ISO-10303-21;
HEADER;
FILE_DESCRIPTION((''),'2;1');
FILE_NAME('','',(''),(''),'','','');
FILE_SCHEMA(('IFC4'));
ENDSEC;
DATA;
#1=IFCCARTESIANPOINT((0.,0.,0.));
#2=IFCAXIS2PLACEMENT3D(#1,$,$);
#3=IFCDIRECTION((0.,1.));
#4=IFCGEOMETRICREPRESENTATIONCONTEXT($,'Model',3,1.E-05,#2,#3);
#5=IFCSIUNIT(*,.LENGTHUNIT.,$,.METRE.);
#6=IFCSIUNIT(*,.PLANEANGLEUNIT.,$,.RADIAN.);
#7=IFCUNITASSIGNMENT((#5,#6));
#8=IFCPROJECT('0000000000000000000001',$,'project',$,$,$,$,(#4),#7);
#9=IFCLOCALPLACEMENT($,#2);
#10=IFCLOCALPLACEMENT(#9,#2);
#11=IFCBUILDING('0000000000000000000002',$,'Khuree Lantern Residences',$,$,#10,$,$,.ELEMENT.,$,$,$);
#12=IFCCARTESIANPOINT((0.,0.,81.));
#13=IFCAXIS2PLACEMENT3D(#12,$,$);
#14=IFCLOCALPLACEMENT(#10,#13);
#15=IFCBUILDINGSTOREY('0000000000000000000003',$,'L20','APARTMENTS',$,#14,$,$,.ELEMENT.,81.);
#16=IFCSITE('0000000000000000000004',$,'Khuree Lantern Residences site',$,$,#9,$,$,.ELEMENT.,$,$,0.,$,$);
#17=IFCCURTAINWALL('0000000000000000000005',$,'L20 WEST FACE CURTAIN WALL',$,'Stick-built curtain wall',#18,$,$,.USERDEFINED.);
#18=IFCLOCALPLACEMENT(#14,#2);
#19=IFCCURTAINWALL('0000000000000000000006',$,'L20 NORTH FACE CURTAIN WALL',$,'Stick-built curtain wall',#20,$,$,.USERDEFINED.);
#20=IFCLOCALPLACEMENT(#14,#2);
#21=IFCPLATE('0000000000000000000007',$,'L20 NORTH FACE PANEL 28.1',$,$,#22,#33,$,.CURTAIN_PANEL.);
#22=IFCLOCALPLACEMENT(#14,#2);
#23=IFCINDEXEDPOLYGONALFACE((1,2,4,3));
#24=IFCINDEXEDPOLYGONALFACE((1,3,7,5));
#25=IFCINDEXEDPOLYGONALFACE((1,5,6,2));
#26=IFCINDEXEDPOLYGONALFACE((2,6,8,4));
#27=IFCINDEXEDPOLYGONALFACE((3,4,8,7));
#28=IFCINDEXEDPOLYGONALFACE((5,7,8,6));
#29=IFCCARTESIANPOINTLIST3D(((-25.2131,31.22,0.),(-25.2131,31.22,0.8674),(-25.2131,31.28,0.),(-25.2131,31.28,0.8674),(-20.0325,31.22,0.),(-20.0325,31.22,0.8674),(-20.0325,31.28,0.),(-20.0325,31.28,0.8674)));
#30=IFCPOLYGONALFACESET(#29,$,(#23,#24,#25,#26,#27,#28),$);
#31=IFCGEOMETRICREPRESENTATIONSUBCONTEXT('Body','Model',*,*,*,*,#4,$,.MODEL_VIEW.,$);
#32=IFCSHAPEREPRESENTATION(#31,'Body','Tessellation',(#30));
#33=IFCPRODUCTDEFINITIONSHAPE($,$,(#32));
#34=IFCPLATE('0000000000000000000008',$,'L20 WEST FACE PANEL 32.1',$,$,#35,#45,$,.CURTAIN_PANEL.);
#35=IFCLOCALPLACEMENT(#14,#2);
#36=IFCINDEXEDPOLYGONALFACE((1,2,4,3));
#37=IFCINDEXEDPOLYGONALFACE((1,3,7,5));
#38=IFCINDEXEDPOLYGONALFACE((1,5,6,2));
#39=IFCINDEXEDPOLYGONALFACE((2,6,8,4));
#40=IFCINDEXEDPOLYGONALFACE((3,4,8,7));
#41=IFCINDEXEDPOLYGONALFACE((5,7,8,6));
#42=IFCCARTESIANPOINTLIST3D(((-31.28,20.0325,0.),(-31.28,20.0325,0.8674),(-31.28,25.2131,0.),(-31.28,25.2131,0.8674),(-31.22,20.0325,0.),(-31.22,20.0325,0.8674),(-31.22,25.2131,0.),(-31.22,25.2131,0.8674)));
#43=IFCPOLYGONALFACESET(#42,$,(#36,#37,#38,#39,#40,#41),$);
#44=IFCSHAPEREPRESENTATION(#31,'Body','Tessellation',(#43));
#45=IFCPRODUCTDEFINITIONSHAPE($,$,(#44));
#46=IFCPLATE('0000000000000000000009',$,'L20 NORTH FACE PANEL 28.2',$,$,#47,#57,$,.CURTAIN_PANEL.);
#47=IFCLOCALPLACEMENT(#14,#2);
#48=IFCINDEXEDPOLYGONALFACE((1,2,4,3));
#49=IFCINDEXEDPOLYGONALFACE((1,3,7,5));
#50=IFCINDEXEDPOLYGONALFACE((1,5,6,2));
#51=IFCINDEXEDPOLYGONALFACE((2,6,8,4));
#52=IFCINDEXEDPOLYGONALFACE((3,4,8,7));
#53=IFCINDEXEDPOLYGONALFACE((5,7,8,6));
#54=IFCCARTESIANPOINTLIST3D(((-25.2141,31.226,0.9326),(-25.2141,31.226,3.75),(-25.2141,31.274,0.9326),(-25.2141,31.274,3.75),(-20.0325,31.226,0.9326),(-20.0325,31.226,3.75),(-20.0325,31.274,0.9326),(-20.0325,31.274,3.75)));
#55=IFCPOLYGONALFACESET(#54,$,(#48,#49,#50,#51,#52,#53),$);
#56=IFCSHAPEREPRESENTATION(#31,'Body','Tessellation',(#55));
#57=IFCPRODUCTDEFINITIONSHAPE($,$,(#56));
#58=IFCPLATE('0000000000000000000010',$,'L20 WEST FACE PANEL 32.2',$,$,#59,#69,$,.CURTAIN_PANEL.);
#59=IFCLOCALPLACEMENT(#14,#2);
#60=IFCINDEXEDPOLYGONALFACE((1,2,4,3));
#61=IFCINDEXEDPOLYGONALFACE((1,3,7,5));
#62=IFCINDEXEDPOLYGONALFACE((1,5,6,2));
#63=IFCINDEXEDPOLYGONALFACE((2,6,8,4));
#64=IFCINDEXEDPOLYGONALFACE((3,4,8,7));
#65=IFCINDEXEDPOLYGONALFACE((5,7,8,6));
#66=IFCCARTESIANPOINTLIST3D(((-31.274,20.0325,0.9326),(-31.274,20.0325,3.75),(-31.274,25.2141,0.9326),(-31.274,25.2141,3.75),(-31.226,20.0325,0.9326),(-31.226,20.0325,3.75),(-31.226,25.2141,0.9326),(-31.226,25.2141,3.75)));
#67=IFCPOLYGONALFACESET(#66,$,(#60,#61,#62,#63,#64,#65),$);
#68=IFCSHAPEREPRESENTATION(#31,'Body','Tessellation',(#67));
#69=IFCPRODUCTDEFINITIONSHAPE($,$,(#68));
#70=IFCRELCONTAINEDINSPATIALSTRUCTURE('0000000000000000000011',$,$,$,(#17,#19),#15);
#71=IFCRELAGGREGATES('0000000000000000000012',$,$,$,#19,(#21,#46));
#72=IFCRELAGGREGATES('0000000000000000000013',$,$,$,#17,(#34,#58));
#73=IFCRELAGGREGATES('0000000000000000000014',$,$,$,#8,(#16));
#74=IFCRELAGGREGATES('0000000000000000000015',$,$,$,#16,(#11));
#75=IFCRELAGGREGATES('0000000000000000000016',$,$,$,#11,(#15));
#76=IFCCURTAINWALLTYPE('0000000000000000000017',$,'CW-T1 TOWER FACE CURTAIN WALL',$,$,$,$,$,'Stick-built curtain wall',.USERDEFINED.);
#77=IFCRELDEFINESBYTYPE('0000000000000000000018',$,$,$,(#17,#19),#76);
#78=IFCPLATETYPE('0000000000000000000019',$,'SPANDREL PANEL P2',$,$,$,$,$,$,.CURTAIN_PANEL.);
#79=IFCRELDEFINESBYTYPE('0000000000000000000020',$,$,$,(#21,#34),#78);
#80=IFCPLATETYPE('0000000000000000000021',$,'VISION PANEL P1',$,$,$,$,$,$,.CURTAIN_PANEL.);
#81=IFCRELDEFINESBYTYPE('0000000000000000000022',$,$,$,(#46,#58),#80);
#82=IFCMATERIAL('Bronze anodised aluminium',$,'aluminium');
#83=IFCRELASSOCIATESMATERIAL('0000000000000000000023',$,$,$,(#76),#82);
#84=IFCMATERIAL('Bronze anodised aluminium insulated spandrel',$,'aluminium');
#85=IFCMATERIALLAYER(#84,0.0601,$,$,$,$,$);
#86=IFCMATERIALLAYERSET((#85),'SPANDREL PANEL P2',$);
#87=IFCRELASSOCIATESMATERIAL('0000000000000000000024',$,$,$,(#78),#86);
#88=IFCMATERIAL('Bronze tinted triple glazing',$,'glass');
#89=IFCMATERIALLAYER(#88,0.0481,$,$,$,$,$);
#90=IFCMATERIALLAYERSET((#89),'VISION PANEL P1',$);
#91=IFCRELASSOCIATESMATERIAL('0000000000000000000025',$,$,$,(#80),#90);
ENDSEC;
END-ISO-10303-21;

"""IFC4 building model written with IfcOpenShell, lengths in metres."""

from ifc_helpers import new_model, si_unit, direction, frame, origin, origin_2d, place, context, subcontext, project, spatial, rectangle, extrude, material, layer, layer_set, type_object, element, aggregate, save


model = new_model("IFC4")

# Units and contexts
model_context = context("Model", 3, precision=1e-05, world=origin(), true_north=direction((0.0, 1.0)))
body_context = subcontext(model_context, "Body", "Model", "MODEL_VIEW")
ifc_project = project(units=[si_unit("LENGTHUNIT", "METRE"), si_unit("PLANEANGLEUNIT", "RADIAN")], contexts=[model_context])

# Site, building, storey
site_placement = place(None, origin())
site = spatial("IfcSite", under=ifc_project, at=site_placement, Name="Khuree Lantern Residences site", CompositionType="ELEMENT", RefElevation=0.0)
building_placement = place(site_placement, origin())
building = spatial("IfcBuilding", under=site, at=building_placement, Name="Khuree Lantern Residences", CompositionType="ELEMENT")
storey_placement = place(building_placement, frame((0.0, 0.0, 81.0)))
storey = spatial("IfcBuildingStorey", under=building, at=storey_placement, Name="L20", Description="APARTMENTS", CompositionType="ELEMENT", Elevation=81.0)

# Curtain wall
ifc_material_1 = material(Name="Bronze anodised aluminium", Category="aluminium")
curtain_wall_type_1 = type_object("IfcCurtainWallType", Name="CW-T1 TOWER FACE CURTAIN WALL", ElementType="Stick-built curtain wall", PredefinedType="USERDEFINED", material=ifc_material_1)
curtain_wall_1_placement = place(storey_placement, origin())
curtain_wall_1 = element("IfcCurtainWall", 1, at=curtain_wall_1_placement, inside=storey, type_object=curtain_wall_type_1, Name="L20 WEST FACE CURTAIN WALL", ObjectType="Stick-built curtain wall", PredefinedType="USERDEFINED")

# Curtain wall
curtain_wall_2_placement = place(storey_placement, origin())
curtain_wall_2 = element("IfcCurtainWall", 2, at=curtain_wall_2_placement, inside=storey, type_object=curtain_wall_type_1, Name="L20 NORTH FACE CURTAIN WALL", ObjectType="Stick-built curtain wall", PredefinedType="USERDEFINED")

# Plates
ifc_material_2 = material(Name="Bronze tinted triple glazing", Category="glass")
ifc_material_3 = material(Name="Bronze anodised aluminium insulated spandrel", Category="aluminium")
ifc_layer_1 = layer(ifc_material_3, 0.0601)
ifc_layer_set_1 = layer_set([ifc_layer_1], Name="SPANDREL PANEL P2")
plate_type_1 = type_object("IfcPlateType", Name="SPANDREL PANEL P2", PredefinedType="CURTAIN_PANEL", material=ifc_layer_set_1)
plate_1_placement = place(storey_placement, frame((-22.6228, 31.25, 0.0), z_axis=(0.0, 0.0, 1.0), x_axis=(-1.0, 0.0, 0.0)))
plate_1 = element("IfcPlate", 3, at=plate_1_placement, type_object=plate_type_1, Name="L20 NORTH FACE PANEL 28.1", PredefinedType="CURTAIN_PANEL", context=body_context, shape_type="SweptSolid", body=[
    extrude(rectangle(XDim=5.1807, YDim=0.0601, at=origin_2d()), origin(), (0.0, 0.0, 1.0), 0.8674),
])
plate_2_placement = place(storey_placement, frame((-31.25, 22.6228, 0.0), z_axis=(0.0, 0.0, 1.0), x_axis=(0.0, -1.0, 0.0)))
plate_2 = element("IfcPlate", 4, at=plate_2_placement, type_object=plate_type_1, Name="L20 WEST FACE PANEL 32.1", PredefinedType="CURTAIN_PANEL", context=body_context, shape_type="SweptSolid", body=[
    extrude(rectangle(XDim=5.1807, YDim=0.0601, at=origin_2d()), origin(), (0.0, 0.0, 1.0), 0.8674),
])
ifc_layer_2 = layer(ifc_material_2, 0.0481)
ifc_layer_set_2 = layer_set([ifc_layer_2], Name="VISION PANEL P1")
plate_type_2 = type_object("IfcPlateType", Name="VISION PANEL P1", PredefinedType="CURTAIN_PANEL", material=ifc_layer_set_2)
plate_3_placement = place(storey_placement, frame((-22.6233, 31.25, 0.9326), z_axis=(0.0, 0.0, 1.0), x_axis=(-1.0, 0.0, 0.0)))
plate_3 = element("IfcPlate", 5, at=plate_3_placement, type_object=plate_type_2, Name="L20 NORTH FACE PANEL 28.2", PredefinedType="CURTAIN_PANEL", context=body_context, shape_type="SweptSolid", body=[
    extrude(rectangle(XDim=5.1816, YDim=0.0481, at=origin_2d()), origin(), (0.0, 0.0, 1.0), 2.8174),
])
aggregate(curtain_wall_2, [plate_1, plate_3])
plate_4_placement = place(storey_placement, frame((-31.25, 22.6233, 0.9326), z_axis=(0.0, 0.0, 1.0), x_axis=(0.0, -1.0, 0.0)))
plate_4 = element("IfcPlate", 6, at=plate_4_placement, type_object=plate_type_2, Name="L20 WEST FACE PANEL 32.2", PredefinedType="CURTAIN_PANEL", context=body_context, shape_type="SweptSolid", body=[
    extrude(rectangle(XDim=5.1816, YDim=0.0481, at=origin_2d()), origin(), (0.0, 0.0, 1.0), 2.8174),
])
aggregate(curtain_wall_1, [plate_2, plate_4])

save(model, "model.ifc")
